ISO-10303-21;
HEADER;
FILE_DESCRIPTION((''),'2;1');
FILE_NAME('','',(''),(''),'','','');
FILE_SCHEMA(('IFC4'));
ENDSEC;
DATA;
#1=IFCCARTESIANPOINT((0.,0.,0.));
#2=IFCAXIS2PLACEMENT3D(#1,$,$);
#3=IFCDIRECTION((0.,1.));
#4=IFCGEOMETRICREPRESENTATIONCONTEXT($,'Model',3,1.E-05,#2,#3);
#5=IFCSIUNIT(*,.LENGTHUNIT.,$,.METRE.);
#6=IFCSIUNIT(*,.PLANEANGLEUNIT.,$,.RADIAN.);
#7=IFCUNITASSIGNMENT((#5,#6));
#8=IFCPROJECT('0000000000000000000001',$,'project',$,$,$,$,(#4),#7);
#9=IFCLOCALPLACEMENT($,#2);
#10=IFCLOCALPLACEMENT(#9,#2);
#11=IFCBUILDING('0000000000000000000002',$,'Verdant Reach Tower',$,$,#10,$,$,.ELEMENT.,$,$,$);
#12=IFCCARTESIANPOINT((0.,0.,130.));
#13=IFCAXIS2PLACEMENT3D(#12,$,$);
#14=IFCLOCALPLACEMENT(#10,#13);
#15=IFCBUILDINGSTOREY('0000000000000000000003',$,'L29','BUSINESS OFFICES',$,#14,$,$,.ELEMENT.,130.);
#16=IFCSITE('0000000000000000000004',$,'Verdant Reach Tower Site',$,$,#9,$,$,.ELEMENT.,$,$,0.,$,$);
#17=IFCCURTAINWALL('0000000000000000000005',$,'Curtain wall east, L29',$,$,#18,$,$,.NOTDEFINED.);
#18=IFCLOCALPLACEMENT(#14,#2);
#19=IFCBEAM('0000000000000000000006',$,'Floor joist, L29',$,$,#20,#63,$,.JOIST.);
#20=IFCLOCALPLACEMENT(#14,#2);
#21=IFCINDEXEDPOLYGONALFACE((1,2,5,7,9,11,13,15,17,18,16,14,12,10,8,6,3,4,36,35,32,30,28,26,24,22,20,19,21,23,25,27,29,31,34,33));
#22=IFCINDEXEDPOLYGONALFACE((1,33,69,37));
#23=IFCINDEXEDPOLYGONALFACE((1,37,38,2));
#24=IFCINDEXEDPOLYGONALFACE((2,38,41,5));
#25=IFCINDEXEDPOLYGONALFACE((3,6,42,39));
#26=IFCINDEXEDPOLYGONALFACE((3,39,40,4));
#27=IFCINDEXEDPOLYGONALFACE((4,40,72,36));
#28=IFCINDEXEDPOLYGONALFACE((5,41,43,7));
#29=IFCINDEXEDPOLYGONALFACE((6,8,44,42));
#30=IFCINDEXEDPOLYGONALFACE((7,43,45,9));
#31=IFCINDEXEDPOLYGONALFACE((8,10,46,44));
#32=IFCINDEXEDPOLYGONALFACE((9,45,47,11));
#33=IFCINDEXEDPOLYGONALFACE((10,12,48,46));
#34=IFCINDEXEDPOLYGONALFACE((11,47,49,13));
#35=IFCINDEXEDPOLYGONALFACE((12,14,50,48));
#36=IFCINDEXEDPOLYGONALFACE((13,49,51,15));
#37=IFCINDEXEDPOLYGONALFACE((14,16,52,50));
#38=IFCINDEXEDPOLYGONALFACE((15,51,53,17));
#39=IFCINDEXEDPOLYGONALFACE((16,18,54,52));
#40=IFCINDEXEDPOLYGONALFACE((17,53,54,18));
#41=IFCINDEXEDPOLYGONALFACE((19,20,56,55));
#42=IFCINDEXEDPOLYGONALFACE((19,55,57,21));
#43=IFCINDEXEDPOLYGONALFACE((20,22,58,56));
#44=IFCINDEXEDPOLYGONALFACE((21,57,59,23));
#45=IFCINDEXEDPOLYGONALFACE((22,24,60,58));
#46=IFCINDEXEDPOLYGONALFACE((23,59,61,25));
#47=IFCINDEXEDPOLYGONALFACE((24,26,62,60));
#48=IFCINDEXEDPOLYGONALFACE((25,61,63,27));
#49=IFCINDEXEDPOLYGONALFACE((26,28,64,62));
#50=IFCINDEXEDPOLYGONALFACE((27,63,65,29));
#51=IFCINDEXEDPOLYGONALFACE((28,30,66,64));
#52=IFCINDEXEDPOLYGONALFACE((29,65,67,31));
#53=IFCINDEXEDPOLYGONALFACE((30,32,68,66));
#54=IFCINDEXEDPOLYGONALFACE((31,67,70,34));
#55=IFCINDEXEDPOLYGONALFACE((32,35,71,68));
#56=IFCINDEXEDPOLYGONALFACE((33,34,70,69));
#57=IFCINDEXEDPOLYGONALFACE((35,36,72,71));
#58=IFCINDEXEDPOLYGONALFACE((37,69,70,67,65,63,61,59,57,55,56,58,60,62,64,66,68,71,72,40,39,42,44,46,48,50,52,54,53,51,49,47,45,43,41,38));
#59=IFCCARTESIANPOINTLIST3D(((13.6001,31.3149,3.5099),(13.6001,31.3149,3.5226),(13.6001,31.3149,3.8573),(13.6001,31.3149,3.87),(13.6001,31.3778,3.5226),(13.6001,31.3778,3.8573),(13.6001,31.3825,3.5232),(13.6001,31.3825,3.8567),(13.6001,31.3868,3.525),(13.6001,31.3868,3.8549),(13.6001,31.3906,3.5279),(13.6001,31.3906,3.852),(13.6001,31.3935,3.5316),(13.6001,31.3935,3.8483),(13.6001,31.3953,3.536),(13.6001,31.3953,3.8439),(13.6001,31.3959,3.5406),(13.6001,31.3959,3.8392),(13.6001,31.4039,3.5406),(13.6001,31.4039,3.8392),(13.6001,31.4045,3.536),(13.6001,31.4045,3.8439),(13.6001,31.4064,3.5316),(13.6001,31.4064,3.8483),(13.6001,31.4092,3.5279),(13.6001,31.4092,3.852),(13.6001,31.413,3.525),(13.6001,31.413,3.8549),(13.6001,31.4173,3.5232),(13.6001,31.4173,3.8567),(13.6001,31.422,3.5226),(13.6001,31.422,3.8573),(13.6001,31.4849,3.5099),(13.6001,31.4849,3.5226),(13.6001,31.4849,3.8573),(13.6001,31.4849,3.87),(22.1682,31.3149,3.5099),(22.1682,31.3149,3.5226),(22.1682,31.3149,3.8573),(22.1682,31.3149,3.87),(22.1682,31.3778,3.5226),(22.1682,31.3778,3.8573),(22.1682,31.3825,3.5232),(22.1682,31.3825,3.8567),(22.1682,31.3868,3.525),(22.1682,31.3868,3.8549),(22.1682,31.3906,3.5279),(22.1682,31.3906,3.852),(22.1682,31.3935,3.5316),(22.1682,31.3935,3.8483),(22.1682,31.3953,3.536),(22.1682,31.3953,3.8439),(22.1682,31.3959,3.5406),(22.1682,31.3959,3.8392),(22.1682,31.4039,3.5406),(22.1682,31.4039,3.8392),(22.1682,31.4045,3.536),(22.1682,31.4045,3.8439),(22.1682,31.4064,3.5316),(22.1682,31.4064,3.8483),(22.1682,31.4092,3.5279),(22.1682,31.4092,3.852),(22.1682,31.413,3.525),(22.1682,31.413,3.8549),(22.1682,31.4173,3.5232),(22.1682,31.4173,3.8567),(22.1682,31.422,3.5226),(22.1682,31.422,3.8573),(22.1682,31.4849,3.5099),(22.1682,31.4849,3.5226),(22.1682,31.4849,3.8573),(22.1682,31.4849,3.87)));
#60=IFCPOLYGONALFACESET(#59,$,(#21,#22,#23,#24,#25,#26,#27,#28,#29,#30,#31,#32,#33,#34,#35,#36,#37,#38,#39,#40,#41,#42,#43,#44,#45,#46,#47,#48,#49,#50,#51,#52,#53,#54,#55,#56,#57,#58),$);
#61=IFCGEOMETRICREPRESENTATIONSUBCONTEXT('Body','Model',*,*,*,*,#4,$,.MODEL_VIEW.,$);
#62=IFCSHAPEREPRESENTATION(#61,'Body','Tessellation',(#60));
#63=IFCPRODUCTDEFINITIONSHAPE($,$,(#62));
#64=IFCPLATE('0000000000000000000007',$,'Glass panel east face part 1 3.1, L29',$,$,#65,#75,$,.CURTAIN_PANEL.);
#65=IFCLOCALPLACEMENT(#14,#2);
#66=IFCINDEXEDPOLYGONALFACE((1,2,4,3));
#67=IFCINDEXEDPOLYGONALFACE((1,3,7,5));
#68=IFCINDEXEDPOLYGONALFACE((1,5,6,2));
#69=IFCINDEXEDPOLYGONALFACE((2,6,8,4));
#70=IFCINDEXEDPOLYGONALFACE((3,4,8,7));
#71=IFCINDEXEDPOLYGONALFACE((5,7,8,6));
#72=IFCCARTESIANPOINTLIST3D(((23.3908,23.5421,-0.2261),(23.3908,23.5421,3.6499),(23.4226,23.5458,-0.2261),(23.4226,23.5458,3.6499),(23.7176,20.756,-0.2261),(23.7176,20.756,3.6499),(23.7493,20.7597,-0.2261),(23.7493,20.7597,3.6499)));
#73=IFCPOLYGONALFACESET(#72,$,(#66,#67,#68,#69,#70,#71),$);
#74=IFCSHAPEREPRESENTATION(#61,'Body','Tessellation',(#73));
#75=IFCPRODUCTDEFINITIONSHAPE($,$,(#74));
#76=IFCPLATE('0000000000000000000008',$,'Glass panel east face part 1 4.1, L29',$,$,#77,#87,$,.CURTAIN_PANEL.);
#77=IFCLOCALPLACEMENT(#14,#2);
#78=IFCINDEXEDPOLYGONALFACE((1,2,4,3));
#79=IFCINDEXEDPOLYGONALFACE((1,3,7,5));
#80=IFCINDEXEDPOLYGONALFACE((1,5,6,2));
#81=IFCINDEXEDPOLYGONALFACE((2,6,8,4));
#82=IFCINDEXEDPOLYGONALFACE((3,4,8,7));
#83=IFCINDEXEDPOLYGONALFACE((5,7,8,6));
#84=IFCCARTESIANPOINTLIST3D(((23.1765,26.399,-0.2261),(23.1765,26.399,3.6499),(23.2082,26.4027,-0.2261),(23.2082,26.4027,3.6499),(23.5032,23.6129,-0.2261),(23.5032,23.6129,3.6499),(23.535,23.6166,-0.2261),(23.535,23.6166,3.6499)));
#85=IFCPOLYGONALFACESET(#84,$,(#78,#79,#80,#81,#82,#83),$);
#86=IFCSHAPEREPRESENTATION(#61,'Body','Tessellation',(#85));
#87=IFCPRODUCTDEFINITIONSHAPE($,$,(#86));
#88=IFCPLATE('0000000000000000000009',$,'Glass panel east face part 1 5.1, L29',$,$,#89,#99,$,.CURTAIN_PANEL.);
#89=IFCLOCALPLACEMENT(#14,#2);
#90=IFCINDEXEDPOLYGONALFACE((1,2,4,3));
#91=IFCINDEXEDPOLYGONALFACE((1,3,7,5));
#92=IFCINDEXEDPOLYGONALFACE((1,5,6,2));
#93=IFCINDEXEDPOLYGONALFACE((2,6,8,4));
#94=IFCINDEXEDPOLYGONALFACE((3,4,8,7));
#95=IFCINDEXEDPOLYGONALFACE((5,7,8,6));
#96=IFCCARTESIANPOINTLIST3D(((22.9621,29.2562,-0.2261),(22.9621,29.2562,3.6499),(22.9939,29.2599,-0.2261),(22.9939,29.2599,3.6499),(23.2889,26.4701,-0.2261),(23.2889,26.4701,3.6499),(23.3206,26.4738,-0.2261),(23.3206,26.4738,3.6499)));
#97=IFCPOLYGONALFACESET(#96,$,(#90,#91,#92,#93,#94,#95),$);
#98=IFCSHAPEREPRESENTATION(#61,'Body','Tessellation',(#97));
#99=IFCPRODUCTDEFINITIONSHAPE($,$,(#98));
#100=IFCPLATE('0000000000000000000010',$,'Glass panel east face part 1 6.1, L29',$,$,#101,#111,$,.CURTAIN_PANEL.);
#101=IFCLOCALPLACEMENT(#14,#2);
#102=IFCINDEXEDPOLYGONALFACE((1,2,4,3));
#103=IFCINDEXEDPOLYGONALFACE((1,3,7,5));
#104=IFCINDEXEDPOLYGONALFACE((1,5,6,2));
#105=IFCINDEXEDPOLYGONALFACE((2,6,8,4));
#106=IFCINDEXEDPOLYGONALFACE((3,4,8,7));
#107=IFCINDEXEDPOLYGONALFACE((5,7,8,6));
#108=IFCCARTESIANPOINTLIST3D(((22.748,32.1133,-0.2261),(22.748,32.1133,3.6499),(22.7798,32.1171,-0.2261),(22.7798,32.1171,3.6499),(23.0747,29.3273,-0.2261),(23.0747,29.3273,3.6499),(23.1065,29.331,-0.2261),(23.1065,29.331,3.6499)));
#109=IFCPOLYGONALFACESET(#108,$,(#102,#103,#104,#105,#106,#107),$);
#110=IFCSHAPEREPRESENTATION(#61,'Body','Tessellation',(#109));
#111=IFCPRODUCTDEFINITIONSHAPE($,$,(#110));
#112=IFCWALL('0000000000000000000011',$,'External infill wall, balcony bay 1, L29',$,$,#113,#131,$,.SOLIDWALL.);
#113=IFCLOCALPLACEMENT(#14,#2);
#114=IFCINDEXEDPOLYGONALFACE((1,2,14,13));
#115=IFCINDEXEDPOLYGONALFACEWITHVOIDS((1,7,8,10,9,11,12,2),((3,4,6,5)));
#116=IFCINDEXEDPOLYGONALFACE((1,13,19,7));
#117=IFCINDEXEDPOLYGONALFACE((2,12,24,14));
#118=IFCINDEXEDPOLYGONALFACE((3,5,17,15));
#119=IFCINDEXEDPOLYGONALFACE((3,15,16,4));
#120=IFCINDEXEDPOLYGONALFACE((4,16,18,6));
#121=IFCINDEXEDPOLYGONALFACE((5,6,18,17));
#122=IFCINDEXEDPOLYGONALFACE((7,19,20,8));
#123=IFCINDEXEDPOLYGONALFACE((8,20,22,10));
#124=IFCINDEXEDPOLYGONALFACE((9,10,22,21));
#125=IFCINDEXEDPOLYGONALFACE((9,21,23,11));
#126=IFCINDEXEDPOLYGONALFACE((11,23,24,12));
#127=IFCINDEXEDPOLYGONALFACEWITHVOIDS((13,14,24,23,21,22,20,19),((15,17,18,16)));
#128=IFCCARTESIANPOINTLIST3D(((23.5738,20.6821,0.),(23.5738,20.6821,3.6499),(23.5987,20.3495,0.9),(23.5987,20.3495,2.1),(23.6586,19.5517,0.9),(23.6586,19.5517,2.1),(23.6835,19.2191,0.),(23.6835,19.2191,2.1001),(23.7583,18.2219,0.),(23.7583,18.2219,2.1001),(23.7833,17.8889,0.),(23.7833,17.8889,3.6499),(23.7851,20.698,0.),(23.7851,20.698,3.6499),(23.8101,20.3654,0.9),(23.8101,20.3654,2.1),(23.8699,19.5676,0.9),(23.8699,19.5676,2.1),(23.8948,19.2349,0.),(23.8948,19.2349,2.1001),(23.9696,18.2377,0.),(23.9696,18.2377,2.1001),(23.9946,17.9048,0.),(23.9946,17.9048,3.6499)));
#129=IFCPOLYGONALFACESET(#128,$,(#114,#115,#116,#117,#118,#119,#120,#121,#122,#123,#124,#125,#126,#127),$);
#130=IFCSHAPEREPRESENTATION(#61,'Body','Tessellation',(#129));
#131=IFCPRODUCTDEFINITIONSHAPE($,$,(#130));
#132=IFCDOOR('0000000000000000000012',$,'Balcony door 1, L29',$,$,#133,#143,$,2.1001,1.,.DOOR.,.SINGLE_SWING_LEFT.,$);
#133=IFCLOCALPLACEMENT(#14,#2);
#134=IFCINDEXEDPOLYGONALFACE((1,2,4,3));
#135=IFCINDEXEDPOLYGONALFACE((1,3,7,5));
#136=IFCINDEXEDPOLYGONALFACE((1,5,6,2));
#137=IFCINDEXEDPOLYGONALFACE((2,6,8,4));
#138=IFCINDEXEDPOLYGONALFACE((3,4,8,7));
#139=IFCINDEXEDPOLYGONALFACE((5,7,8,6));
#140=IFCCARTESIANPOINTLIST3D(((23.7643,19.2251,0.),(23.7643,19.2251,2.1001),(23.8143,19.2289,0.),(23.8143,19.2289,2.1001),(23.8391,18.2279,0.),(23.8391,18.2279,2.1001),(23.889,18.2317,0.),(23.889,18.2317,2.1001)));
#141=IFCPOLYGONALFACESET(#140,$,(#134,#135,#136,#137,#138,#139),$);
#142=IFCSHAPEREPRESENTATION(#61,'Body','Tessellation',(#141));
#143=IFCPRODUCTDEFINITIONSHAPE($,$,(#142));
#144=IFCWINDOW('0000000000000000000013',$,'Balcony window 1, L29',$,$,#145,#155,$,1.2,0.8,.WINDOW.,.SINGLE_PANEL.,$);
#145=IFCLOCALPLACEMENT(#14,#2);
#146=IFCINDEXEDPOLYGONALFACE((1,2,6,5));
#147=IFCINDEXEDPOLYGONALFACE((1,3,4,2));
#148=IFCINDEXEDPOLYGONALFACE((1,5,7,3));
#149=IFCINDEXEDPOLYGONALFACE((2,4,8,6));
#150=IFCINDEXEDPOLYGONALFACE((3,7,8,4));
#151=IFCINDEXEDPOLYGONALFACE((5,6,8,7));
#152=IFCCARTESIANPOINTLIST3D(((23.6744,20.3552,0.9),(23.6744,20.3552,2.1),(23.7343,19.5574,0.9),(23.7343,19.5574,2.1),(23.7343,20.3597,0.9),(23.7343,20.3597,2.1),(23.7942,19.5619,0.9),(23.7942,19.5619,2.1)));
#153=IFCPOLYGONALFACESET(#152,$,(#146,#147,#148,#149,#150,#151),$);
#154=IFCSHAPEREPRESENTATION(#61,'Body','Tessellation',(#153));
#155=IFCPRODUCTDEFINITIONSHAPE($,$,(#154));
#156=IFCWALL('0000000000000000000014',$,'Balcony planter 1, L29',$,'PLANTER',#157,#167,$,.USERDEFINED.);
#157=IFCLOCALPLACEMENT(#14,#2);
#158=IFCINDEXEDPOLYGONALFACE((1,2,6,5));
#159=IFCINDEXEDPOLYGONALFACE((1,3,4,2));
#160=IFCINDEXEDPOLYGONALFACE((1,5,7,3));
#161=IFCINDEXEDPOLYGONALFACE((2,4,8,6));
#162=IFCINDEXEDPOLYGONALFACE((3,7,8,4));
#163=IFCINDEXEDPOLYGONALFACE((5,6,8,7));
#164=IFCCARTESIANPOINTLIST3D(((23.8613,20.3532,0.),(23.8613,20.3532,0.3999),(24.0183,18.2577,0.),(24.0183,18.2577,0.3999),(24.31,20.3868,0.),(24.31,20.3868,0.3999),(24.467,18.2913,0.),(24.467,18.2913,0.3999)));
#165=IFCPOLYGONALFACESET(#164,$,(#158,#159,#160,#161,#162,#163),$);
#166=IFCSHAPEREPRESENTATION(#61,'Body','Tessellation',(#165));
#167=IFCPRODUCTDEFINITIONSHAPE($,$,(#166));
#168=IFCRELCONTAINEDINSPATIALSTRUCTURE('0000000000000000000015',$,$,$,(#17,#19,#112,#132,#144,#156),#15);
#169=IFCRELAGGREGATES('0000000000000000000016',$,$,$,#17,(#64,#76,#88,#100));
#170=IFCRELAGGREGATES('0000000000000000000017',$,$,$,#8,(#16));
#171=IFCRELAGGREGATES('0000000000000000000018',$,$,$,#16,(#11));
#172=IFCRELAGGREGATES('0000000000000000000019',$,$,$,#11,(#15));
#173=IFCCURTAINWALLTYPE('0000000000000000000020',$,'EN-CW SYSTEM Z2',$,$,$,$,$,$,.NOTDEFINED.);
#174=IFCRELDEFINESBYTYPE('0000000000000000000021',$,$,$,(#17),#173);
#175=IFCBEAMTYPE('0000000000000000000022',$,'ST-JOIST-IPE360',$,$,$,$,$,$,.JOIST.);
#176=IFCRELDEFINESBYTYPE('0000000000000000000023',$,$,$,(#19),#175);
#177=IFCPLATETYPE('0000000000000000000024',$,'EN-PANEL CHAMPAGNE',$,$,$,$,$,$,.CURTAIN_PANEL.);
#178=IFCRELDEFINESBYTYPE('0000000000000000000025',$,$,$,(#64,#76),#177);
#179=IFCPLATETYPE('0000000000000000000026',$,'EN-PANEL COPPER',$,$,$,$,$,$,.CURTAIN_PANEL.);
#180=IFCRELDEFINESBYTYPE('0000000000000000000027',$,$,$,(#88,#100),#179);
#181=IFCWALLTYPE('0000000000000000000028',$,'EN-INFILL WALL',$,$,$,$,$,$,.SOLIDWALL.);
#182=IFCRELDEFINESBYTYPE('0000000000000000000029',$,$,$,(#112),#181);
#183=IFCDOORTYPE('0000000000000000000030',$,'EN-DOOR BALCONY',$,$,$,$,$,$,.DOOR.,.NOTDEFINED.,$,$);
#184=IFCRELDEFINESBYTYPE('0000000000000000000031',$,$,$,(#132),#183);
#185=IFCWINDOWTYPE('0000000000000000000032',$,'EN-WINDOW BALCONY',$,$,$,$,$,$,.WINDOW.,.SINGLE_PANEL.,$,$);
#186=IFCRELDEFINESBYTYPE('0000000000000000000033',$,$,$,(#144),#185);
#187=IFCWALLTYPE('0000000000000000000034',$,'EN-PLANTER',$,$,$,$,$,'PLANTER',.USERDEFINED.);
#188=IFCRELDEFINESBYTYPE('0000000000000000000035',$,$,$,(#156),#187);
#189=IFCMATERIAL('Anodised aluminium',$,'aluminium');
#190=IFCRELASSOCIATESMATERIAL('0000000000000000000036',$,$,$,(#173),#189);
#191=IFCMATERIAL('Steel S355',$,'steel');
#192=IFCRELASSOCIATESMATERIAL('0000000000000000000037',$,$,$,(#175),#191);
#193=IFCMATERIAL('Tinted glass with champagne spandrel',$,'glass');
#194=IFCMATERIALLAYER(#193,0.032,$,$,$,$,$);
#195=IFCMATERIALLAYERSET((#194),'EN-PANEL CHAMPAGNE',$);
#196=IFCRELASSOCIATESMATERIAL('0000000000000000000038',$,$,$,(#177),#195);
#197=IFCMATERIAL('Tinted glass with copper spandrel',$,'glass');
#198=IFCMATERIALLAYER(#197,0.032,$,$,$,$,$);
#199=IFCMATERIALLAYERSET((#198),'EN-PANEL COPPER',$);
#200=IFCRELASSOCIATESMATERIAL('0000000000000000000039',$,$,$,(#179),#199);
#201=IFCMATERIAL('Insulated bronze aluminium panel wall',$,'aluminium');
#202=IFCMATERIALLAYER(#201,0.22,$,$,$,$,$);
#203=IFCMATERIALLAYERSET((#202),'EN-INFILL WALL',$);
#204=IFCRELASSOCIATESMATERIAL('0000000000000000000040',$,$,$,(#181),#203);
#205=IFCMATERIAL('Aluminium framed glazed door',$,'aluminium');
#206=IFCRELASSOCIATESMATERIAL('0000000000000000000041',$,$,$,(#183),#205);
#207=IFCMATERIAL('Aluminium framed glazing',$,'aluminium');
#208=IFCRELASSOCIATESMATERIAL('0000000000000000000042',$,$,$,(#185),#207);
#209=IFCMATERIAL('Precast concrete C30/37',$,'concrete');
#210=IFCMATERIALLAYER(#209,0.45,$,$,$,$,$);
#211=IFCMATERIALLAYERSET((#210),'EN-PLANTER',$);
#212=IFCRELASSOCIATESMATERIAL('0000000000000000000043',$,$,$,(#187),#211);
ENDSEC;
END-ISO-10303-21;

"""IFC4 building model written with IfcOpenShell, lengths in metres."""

from ifc_helpers import new_model, si_unit, direction, frame, frame_2d, origin, origin_2d, place, context, subcontext, project, spatial, rectangle, i_section, extrude, material, layer, layer_set, material_profile, profile_set, type_object, element, fill, aggregate, save


model = new_model("IFC4")

# Units and contexts
model_context = context("Model", 3, precision=1e-05, world=origin(), true_north=direction((0.0, 1.0)))
body_context = subcontext(model_context, "Body", "Model", "MODEL_VIEW")
ifc_project = project(units=[si_unit("LENGTHUNIT", "METRE"), si_unit("PLANEANGLEUNIT", "RADIAN")], contexts=[model_context])

# Site, building, storey
site_placement = place(None, origin())
site = spatial("IfcSite", under=ifc_project, at=site_placement, Name="Verdant Reach Tower Site", CompositionType="ELEMENT", RefElevation=0.0)
building_placement = place(site_placement, origin())
building = spatial("IfcBuilding", under=site, at=building_placement, Name="Verdant Reach Tower", CompositionType="ELEMENT")
storey_placement = place(building_placement, frame((0.0, 0.0, 130.0)))
storey = spatial("IfcBuildingStorey", under=building, at=storey_placement, Name="L29", Description="BUSINESS OFFICES", CompositionType="ELEMENT", Elevation=130.0)

# Curtain wall
ifc_material_1 = material(Name="Anodised aluminium", Category="aluminium")
curtain_wall_type = type_object("IfcCurtainWallType", Name="EN-CW SYSTEM Z2", PredefinedType="NOTDEFINED", material=ifc_material_1)
curtain_wall_placement = place(storey_placement, origin())
curtain_wall = element("IfcCurtainWall", 1, at=curtain_wall_placement, inside=storey, type_object=curtain_wall_type, Name="Curtain wall east, L29", PredefinedType="NOTDEFINED")

# Beam
ifc_material_2 = material(Name="Steel S355", Category="steel")
ifc_material_profile_1 = material_profile(ifc_material_2, i_section(OverallWidth=0.1699, OverallDepth=0.3601, WebThickness=0.0081, FlangeThickness=0.0127, FilletRadius=0.0181, at=origin_2d()), Name="IPE 360")
ifc_profile_set_1 = profile_set([ifc_material_profile_1], Name="Steel S355")
beam_type = type_object("IfcBeamType", Name="ST-JOIST-IPE360", PredefinedType="JOIST", material=ifc_profile_set_1)
beam_1_placement = place(storey_placement, frame((13.6001, 31.3999, 3.6899), z_axis=(1.0, 0.0, 0.0), x_axis=(0.0, 1.0, 0.0)))
element("IfcBeam", 2, at=beam_1_placement, inside=storey, type_object=beam_type, Name="Floor joist, L29", PredefinedType="JOIST", context=body_context, shape_type="SweptSolid", body=[
    extrude(i_section(OverallWidth=0.1699, OverallDepth=0.3601, WebThickness=0.0081, FlangeThickness=0.0127, FilletRadius=0.0181, at=origin_2d()), origin(), (0.0, 0.0, 1.0), 8.5681),
])

# Plates
ifc_material_3 = material(Name="Tinted glass with champagne spandrel", Category="glass")
ifc_layer_1 = layer(ifc_material_3, 0.032)
ifc_layer_set_1 = layer_set([ifc_layer_1], Name="EN-PANEL CHAMPAGNE")
plate_type_1 = type_object("IfcPlateType", Name="EN-PANEL CHAMPAGNE", PredefinedType="CURTAIN_PANEL", material=ifc_layer_set_1)
plate_1_placement = place(storey_placement, frame((23.5701, 22.1509, -0.2261), z_axis=(0.0, 0.0, 1.0), x_axis=(-0.116483, 0.993193, 0.0)))
plate_1 = element("IfcPlate", 3, at=plate_1_placement, type_object=plate_type_1, Name="Glass panel east face part 1 3.1, L29", PredefinedType="CURTAIN_PANEL", context=body_context, shape_type="SweptSolid", body=[
    extrude(rectangle(XDim=2.8052, YDim=0.032, at=origin_2d()), origin(), (0.0, 0.0, 1.0), 3.876),
])
plate_2_placement = place(storey_placement, frame((23.3557, 25.0078, -0.2261), z_axis=(0.0, 0.0, 1.0), x_axis=(-0.116483, 0.993193, 0.0)))
plate_2 = element("IfcPlate", 4, at=plate_2_placement, type_object=plate_type_1, Name="Glass panel east face part 1 4.1, L29", PredefinedType="CURTAIN_PANEL", context=body_context, shape_type="SweptSolid", body=[
    extrude(rectangle(XDim=2.8052, YDim=0.032, at=origin_2d()), origin(), (0.0, 0.0, 1.0), 3.876),
])
ifc_material_4 = material(Name="Tinted glass with copper spandrel", Category="glass")
ifc_layer_2 = layer(ifc_material_4, 0.032)
ifc_layer_set_2 = layer_set([ifc_layer_2], Name="EN-PANEL COPPER")
plate_type_2 = type_object("IfcPlateType", Name="EN-PANEL COPPER", PredefinedType="CURTAIN_PANEL", material=ifc_layer_set_2)
plate_3_placement = place(storey_placement, frame((23.1414, 27.865, -0.2261), z_axis=(0.0, 0.0, 1.0), x_axis=(-0.116483, 0.993193, 0.0)))
plate_3 = element("IfcPlate", 5, at=plate_3_placement, type_object=plate_type_2, Name="Glass panel east face part 1 5.1, L29", PredefinedType="CURTAIN_PANEL", context=body_context, shape_type="SweptSolid", body=[
    extrude(rectangle(XDim=2.8052, YDim=0.032, at=origin_2d()), origin(), (0.0, 0.0, 1.0), 3.876),
])
plate_4_placement = place(storey_placement, frame((22.9272, 30.7222, -0.2261), z_axis=(0.0, 0.0, 1.0), x_axis=(-0.116483, 0.993193, 0.0)))
plate_4 = element("IfcPlate", 6, at=plate_4_placement, type_object=plate_type_2, Name="Glass panel east face part 1 6.1, L29", PredefinedType="CURTAIN_PANEL", context=body_context, shape_type="SweptSolid", body=[
    extrude(rectangle(XDim=2.8052, YDim=0.032, at=origin_2d()), origin(), (0.0, 0.0, 1.0), 3.876),
])
aggregate(curtain_wall, [plate_1, plate_2, plate_3, plate_4])

# Wall, openings, door, window
ifc_material_5 = material(Name="Insulated bronze aluminium panel wall", Category="aluminium")
ifc_layer_3 = layer(ifc_material_5, 0.22)
ifc_layer_set_3 = layer_set([ifc_layer_3], Name="EN-INFILL WALL")
wall_type_1 = type_object("IfcWallType", Name="EN-INFILL WALL", PredefinedType="SOLIDWALL", material=ifc_layer_set_3)
wall_1_placement = place(storey_placement, frame((23.8889, 17.897, 0.0), z_axis=(0.0, 0.0, 1.0), x_axis=(-0.074783, 0.9972, 0.0)))
wall_1 = element("IfcWall", 7, at=wall_1_placement, inside=storey, type_object=wall_type_1, Name="External infill wall, balcony bay 1, L29", PredefinedType="SOLIDWALL", context=body_context, shape_type="SweptSolid", body=[
    extrude(rectangle(XDim=2.801, YDim=0.2119, at=frame_2d((1.4004, 0.0))), origin(), (0.0, 0.0, 1.0), 3.6499),
])
opening_1_placement = place(wall_1_placement, frame((0.3337, 0.0, 0.0)))
opening_1 = element("IfcOpeningElement", 8, at=opening_1_placement, cuts=wall_1, PredefinedType="OPENING", context=body_context, shape_type="SweptSolid", body=[
    extrude(rectangle(XDim=1.0, YDim=2.1001, at=frame_2d((0.5, 1.05))), frame((0.0, 0.116, 0.0), z_axis=(0.0, -1.0, 0.0), x_axis=(1.0, 0.0, 0.0)), (0.0, 0.0, 1.0), 0.2319),
])
opening_2_placement = place(wall_1_placement, frame((1.6675, 0.0, 0.8999)))
opening_2 = element("IfcOpeningElement", 9, at=opening_2_placement, cuts=wall_1, PredefinedType="OPENING", context=body_context, shape_type="SweptSolid", body=[
    extrude(rectangle(XDim=0.8, YDim=1.2, at=frame_2d((0.3999, 0.6001))), frame((0.0, 0.116, 0.0), z_axis=(0.0, -1.0, 0.0), x_axis=(1.0, 0.0, 0.0)), (0.0, 0.0, 1.0), 0.2319),
])
ifc_material_6 = material(Name="Aluminium framed glazed door", Category="aluminium")
door_type_1 = type_object("IfcDoorType", Name="EN-DOOR BALCONY", OperationType="NOTDEFINED", PredefinedType="DOOR", material=ifc_material_6)
door_1_placement = place(opening_1_placement, origin())
door_1 = element("IfcDoor", 10, at=door_1_placement, inside=storey, type_object=door_type_1, Name="Balcony door 1, L29", OperationType="SINGLE_SWING_LEFT", OverallHeight=2.1001, OverallWidth=1.0, PredefinedType="DOOR", context=body_context, shape_type="SweptSolid", body=[
    extrude(rectangle(XDim=1.0, YDim=2.1001, at=frame_2d((0.5, 1.05))), frame((0.0, 0.0249, 0.0), z_axis=(0.0, -1.0, 0.0), x_axis=(1.0, 0.0, 0.0)), (0.0, 0.0, 1.0), 0.05),
])
fill(opening_1, door_1)
ifc_material_7 = material(Name="Aluminium framed glazing", Category="aluminium")
window_type = type_object("IfcWindowType", Name="EN-WINDOW BALCONY", PartitioningType="SINGLE_PANEL", PredefinedType="WINDOW", material=ifc_material_7)
window_placement = place(opening_2_placement, origin())
window = element("IfcWindow", 11, at=window_placement, inside=storey, type_object=window_type, Name="Balcony window 1, L29", OverallHeight=1.2, OverallWidth=0.8, PartitioningType="SINGLE_PANEL", PredefinedType="WINDOW", context=body_context, shape_type="SweptSolid", body=[
    extrude(rectangle(XDim=0.8, YDim=1.2, at=frame_2d((0.3999, 0.6001))), frame((0.0, 0.03, 0.0), z_axis=(0.0, -1.0, 0.0), x_axis=(1.0, 0.0, 0.0)), (0.0, 0.0, 1.0), 0.0601),
])
fill(opening_2, window)

# Wall
ifc_material_8 = material(Name="Precast concrete C30/37", Category="concrete")
ifc_layer_4 = layer(ifc_material_8, 0.45)
ifc_layer_set_4 = layer_set([ifc_layer_4], Name="EN-PLANTER")
wall_type_2 = type_object("IfcWallType", Name="EN-PLANTER", ElementType="PLANTER", PredefinedType="USERDEFINED", material=ifc_layer_set_4)
wall_2_placement = place(storey_placement, frame((24.2427, 18.2744, 0.0), z_axis=(0.0, 0.0, 1.0), x_axis=(-0.074706, 0.997206, 0.0)))
element("IfcWall", 12, at=wall_2_placement, inside=storey, type_object=wall_type_2, Name="Balcony planter 1, L29", ObjectType="PLANTER", PredefinedType="USERDEFINED", context=body_context, shape_type="SweptSolid", body=[
    extrude(rectangle(XDim=2.1013, YDim=0.45, at=frame_2d((1.0508, 0.0))), origin(), (0.0, 0.0, 1.0), 0.3999),
])

save(model, "model.ifc")
